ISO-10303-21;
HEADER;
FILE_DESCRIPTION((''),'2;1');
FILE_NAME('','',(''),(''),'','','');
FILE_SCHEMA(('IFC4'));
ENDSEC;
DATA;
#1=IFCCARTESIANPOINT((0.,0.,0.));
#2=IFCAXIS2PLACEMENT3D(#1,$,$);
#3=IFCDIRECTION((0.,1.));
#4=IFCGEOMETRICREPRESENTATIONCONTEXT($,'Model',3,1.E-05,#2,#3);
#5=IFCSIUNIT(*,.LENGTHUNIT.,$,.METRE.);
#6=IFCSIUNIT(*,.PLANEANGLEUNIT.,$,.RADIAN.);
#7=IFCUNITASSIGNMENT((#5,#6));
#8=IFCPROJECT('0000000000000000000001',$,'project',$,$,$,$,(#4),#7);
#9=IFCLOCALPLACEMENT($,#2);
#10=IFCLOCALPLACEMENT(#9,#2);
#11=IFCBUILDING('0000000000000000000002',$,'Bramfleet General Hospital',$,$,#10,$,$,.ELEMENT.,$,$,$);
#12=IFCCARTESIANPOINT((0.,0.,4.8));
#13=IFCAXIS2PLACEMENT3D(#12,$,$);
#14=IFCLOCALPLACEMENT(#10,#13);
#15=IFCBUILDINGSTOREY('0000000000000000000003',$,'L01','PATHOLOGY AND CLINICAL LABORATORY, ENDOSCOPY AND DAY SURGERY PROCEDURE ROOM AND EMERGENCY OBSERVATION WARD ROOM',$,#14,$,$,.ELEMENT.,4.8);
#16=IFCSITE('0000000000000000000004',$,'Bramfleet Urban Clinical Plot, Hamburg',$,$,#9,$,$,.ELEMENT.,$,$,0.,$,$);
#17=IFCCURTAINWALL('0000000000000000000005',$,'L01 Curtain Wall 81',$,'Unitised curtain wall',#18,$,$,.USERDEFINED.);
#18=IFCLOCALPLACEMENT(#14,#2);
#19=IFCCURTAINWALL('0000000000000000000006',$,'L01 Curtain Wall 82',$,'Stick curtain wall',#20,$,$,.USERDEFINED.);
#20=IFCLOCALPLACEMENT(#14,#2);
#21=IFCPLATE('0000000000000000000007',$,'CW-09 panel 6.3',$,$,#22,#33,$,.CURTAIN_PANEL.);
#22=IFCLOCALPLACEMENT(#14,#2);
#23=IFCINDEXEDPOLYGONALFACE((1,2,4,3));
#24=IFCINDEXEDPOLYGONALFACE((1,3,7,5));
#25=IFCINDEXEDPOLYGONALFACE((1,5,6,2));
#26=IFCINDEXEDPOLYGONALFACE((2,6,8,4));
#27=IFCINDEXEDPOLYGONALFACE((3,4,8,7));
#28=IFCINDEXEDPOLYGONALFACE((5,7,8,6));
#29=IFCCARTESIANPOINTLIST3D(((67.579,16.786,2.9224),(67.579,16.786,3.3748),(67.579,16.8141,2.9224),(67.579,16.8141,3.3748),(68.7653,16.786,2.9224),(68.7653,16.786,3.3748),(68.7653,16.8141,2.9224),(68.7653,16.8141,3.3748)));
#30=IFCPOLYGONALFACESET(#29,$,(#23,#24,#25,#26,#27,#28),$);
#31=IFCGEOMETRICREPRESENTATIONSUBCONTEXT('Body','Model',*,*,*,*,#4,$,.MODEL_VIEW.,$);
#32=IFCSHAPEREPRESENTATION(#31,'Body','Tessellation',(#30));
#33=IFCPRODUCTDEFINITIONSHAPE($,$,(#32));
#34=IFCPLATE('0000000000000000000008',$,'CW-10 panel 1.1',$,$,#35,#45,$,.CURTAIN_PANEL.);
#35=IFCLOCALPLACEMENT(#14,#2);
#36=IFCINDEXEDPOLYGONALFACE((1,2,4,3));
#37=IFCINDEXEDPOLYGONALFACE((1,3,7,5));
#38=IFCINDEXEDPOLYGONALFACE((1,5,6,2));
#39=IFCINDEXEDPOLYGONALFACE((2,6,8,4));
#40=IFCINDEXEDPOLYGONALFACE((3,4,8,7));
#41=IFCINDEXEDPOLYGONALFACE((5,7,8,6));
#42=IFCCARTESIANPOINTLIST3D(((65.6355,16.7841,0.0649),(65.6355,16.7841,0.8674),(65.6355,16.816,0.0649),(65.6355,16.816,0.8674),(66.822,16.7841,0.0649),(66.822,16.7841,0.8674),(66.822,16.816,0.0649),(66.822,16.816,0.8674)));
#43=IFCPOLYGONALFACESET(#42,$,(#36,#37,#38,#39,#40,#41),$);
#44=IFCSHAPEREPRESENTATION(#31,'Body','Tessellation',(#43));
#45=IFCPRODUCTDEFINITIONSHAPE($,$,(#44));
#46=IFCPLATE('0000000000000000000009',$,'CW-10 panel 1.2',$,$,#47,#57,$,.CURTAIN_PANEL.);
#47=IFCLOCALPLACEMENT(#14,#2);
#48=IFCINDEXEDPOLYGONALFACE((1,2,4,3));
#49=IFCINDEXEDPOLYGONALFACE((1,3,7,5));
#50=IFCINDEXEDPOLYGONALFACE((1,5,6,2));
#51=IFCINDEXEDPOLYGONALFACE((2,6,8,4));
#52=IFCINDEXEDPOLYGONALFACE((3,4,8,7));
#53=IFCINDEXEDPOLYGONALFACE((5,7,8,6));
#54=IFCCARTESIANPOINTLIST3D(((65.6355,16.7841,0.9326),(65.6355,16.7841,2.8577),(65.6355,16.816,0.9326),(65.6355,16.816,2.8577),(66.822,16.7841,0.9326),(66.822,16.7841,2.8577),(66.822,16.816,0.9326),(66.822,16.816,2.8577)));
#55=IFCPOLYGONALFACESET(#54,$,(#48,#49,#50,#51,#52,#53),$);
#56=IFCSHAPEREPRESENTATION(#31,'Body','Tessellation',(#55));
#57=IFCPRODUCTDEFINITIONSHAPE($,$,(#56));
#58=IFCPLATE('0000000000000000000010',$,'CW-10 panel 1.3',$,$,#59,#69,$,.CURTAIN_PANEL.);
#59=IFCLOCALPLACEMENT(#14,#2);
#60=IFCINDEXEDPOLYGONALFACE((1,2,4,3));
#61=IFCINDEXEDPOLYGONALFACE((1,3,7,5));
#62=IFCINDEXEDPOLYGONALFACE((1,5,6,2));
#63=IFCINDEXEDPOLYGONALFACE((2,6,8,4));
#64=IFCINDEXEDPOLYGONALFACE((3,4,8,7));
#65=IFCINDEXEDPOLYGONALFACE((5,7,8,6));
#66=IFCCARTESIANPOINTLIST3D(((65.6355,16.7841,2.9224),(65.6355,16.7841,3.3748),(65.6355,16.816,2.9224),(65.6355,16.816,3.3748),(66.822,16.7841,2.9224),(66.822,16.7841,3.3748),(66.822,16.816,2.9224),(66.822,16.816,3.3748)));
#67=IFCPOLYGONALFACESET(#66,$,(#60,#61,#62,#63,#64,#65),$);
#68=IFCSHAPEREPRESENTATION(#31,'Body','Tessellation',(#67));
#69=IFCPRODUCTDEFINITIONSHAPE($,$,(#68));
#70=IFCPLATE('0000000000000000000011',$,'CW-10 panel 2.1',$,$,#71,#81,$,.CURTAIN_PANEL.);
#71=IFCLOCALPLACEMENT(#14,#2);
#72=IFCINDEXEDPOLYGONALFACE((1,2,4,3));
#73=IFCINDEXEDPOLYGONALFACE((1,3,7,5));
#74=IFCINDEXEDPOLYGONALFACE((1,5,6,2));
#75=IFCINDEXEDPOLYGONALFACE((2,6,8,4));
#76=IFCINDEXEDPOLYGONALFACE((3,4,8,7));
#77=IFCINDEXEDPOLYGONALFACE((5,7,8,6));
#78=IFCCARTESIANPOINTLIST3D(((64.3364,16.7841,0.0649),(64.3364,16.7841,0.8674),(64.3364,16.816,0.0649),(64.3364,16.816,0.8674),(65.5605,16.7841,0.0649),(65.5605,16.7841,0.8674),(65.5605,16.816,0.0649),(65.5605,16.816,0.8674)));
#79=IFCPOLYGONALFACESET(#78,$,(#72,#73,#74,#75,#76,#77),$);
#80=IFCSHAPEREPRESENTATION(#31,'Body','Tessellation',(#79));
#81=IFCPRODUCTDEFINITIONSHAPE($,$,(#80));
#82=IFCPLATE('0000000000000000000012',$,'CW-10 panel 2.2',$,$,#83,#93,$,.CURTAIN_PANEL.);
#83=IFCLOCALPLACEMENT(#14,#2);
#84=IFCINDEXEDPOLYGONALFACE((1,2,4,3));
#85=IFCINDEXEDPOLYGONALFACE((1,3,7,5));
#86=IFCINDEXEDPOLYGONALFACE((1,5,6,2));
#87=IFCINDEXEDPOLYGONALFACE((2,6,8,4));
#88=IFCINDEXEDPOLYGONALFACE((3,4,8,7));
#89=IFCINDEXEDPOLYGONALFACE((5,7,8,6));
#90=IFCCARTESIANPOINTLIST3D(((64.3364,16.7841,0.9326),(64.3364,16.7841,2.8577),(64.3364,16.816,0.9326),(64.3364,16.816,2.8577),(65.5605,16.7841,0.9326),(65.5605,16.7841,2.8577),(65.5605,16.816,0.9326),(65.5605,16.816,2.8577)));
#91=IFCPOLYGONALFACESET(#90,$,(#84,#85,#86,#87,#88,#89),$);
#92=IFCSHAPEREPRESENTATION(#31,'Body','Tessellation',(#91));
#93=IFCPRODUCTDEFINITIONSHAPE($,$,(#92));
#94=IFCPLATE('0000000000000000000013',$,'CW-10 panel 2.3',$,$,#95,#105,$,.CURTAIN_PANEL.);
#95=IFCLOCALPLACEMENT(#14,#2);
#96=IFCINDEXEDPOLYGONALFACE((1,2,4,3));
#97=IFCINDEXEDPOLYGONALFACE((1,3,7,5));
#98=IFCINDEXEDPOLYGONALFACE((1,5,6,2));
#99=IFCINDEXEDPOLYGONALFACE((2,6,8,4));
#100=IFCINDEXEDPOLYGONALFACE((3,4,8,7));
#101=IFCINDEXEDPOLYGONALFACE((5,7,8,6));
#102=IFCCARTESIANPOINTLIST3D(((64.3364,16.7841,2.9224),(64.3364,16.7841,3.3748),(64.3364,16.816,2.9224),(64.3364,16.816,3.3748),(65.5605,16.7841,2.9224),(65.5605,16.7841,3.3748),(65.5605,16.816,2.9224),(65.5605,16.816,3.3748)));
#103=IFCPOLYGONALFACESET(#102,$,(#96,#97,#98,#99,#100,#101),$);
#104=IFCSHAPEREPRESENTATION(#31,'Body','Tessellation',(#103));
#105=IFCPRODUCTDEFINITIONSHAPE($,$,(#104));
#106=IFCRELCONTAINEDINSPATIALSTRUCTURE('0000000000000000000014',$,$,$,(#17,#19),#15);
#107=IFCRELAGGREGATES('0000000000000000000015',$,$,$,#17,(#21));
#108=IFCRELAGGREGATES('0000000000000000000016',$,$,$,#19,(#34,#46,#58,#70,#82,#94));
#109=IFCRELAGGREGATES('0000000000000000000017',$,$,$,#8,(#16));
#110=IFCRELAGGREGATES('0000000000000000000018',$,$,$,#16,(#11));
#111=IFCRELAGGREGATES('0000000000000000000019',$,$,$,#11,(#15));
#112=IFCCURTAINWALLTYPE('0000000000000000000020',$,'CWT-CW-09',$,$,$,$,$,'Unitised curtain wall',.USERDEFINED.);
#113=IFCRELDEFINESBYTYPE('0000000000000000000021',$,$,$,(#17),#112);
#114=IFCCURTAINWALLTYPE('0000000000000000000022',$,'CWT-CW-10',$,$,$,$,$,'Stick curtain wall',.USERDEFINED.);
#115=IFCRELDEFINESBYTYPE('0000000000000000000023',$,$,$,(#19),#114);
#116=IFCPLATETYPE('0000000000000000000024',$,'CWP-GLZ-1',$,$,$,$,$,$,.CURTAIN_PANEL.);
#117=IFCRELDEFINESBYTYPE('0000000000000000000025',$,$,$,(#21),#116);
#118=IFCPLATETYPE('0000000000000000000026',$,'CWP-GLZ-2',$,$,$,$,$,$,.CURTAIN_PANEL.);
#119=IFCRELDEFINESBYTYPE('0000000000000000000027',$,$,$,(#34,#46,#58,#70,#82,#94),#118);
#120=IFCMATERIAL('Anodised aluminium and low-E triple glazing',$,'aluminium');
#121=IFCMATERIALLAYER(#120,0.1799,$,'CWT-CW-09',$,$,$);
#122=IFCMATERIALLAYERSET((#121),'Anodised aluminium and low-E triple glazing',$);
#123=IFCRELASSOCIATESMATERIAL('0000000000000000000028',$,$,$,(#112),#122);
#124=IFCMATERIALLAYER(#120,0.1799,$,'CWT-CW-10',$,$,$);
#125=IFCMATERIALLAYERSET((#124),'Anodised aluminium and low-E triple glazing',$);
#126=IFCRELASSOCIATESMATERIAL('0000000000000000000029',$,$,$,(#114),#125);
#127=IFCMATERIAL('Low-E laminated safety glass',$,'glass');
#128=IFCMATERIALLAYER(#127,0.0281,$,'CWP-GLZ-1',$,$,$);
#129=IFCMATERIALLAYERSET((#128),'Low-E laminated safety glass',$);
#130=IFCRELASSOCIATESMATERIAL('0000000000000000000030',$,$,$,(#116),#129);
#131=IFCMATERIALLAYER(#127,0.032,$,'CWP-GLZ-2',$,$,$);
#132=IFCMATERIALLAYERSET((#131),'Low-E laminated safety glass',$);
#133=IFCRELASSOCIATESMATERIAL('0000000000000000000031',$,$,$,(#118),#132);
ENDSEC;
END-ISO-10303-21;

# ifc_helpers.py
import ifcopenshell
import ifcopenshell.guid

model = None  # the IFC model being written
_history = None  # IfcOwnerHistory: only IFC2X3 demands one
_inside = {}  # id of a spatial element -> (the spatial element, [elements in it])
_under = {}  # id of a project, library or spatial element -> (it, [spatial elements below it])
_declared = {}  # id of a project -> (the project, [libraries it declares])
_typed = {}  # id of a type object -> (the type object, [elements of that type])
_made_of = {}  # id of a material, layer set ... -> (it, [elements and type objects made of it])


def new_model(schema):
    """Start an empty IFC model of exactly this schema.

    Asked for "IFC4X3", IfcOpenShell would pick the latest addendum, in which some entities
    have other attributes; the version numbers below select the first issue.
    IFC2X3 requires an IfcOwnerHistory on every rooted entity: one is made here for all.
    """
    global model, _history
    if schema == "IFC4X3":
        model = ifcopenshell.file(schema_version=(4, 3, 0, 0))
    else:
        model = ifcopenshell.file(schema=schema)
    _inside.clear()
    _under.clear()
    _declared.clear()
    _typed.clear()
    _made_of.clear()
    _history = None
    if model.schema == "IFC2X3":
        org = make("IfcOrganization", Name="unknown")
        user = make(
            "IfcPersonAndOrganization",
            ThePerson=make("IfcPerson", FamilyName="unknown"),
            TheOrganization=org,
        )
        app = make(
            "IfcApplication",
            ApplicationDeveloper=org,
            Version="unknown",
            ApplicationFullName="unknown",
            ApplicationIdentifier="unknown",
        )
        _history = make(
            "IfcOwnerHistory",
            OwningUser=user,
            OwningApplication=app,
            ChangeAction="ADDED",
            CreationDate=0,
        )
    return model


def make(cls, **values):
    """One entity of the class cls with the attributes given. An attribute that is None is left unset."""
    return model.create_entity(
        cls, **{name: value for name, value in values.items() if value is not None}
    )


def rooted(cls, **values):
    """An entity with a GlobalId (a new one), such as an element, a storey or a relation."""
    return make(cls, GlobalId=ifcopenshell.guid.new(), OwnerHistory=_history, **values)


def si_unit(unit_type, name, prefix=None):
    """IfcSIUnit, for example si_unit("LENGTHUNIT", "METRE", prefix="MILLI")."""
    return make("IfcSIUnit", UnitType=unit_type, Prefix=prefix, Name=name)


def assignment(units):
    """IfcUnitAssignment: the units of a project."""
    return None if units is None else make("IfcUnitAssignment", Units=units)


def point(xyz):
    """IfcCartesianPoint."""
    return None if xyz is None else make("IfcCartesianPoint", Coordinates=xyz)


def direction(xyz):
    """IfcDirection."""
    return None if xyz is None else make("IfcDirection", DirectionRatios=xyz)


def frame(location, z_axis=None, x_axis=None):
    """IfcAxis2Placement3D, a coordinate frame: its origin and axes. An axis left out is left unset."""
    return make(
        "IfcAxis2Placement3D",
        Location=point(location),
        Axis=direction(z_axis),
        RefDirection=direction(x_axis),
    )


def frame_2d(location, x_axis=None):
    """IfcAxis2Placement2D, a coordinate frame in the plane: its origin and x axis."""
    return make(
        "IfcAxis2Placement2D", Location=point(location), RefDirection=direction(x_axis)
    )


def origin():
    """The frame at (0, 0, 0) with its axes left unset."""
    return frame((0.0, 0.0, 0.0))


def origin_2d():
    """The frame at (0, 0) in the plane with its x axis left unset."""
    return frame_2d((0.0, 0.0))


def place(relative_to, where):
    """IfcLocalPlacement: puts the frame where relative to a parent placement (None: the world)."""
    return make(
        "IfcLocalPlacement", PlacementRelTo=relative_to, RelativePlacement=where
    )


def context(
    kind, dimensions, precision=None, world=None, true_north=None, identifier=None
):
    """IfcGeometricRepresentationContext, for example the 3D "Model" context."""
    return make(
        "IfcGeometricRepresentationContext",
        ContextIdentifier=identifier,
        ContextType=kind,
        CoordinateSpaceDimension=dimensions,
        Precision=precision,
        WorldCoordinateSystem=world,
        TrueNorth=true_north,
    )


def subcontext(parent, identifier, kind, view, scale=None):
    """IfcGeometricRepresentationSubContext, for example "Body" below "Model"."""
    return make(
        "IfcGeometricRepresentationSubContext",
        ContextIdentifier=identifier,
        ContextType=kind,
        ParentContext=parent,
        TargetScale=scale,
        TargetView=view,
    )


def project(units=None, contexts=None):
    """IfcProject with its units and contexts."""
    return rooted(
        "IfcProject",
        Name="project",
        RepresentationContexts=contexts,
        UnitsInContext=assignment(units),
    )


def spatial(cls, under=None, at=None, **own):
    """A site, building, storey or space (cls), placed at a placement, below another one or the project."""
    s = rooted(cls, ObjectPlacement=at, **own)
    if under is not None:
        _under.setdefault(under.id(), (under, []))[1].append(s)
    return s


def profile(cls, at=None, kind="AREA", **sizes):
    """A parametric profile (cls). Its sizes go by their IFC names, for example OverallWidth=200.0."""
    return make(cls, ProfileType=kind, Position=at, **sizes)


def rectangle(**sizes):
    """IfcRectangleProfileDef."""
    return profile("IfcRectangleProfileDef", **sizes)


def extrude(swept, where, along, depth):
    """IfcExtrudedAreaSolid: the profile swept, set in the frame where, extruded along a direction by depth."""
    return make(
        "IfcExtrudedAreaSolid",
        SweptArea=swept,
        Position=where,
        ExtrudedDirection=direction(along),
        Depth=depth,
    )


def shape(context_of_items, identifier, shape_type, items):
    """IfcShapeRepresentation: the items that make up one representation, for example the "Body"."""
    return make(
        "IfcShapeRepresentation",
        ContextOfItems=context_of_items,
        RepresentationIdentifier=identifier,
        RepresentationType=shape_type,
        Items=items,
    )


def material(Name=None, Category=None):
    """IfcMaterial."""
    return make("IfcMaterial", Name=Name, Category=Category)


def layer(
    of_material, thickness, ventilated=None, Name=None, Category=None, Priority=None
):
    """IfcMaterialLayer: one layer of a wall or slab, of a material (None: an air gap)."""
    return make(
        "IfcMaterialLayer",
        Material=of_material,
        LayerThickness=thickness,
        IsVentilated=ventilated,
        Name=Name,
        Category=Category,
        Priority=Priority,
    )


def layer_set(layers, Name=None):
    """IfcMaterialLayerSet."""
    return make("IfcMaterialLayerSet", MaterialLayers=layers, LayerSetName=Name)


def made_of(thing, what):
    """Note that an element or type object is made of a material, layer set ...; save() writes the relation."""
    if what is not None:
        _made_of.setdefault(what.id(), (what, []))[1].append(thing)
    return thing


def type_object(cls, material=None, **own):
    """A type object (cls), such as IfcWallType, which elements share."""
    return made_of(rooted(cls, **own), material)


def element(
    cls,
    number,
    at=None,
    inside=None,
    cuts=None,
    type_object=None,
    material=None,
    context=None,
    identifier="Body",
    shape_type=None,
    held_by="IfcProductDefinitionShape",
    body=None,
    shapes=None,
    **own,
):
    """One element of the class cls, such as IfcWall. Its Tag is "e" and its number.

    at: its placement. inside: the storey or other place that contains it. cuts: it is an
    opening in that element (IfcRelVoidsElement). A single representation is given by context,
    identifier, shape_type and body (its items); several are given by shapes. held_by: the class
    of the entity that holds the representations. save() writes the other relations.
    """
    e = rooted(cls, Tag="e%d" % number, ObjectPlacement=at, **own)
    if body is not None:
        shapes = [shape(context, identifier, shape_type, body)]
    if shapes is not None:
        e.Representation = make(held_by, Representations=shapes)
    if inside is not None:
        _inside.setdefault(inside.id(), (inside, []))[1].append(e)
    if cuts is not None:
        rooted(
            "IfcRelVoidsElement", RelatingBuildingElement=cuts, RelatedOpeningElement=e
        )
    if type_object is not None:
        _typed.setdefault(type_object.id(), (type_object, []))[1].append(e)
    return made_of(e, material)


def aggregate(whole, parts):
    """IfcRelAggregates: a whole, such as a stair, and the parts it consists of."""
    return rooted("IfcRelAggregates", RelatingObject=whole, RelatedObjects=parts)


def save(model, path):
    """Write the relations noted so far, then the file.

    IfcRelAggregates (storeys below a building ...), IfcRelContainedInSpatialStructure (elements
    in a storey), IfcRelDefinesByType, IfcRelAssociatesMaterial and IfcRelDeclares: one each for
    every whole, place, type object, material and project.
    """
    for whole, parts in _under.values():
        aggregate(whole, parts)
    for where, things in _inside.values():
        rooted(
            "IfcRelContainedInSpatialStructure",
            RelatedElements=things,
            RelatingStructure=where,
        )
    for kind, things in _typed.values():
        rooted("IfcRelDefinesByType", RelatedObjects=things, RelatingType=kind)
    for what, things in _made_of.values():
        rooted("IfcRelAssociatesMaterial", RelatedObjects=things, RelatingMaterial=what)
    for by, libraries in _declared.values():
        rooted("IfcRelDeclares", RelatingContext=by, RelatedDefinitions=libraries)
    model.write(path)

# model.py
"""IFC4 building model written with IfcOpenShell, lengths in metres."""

from ifc_helpers import new_model, si_unit, direction, frame, origin, origin_2d, place, context, subcontext, project, spatial, rectangle, extrude, material, layer, layer_set, type_object, element, aggregate, save


model = new_model("IFC4")

# Units and contexts
model_context = context("Model", 3, precision=1e-05, world=origin(), true_north=direction((0.0, 1.0)))
body_context = subcontext(model_context, "Body", "Model", "MODEL_VIEW")
ifc_project = project(units=[si_unit("LENGTHUNIT", "METRE"), si_unit("PLANEANGLEUNIT", "RADIAN")], contexts=[model_context])

# Site, building, storey
site_placement = place(None, origin())
site = spatial("IfcSite", under=ifc_project, at=site_placement, Name="Bramfleet Urban Clinical Plot, Hamburg", CompositionType="ELEMENT", RefElevation=0.0)
building_placement = place(site_placement, origin())
building = spatial("IfcBuilding", under=site, at=building_placement, Name="Bramfleet General Hospital", CompositionType="ELEMENT")
storey_placement = place(building_placement, frame((0.0, 0.0, 4.8)))
storey = spatial("IfcBuildingStorey", under=building, at=storey_placement, Name="L01", Description="PATHOLOGY AND CLINICAL LABORATORY, ENDOSCOPY AND DAY SURGERY PROCEDURE ROOM AND EMERGENCY OBSERVATION WARD ROOM", CompositionType="ELEMENT", Elevation=4.8)

# Curtain walls
ifc_material_1 = material(Name="Anodised aluminium and low-E triple glazing", Category="aluminium")
ifc_layer_1 = layer(ifc_material_1, 0.1799, Name="CWT-CW-09")
ifc_layer_set_1 = layer_set([ifc_layer_1], Name="Anodised aluminium and low-E triple glazing")
curtain_wall_type_1 = type_object("IfcCurtainWallType", Name="CWT-CW-09", ElementType="Unitised curtain wall", PredefinedType="USERDEFINED", material=ifc_layer_set_1)
curtain_wall_1_placement = place(storey_placement, origin())
curtain_wall_1 = element("IfcCurtainWall", 1, at=curtain_wall_1_placement, inside=storey, type_object=curtain_wall_type_1, Name="L01 Curtain Wall 81", ObjectType="Unitised curtain wall", PredefinedType="USERDEFINED")
ifc_layer_2 = layer(ifc_material_1, 0.1799, Name="CWT-CW-10")
ifc_layer_set_2 = layer_set([ifc_layer_2], Name="Anodised aluminium and low-E triple glazing")
curtain_wall_type_2 = type_object("IfcCurtainWallType", Name="CWT-CW-10", ElementType="Stick curtain wall", PredefinedType="USERDEFINED", material=ifc_layer_set_2)
curtain_wall_2_placement = place(storey_placement, origin())
curtain_wall_2 = element("IfcCurtainWall", 2, at=curtain_wall_2_placement, inside=storey, type_object=curtain_wall_type_2, Name="L01 Curtain Wall 82", ObjectType="Stick curtain wall", PredefinedType="USERDEFINED")

# Plates
ifc_material_2 = material(Name="Low-E laminated safety glass", Category="glass")
ifc_layer_3 = layer(ifc_material_2, 0.0281, Name="CWP-GLZ-1")
ifc_layer_set_3 = layer_set([ifc_layer_3], Name="Low-E laminated safety glass")
plate_type_1 = type_object("IfcPlateType", Name="CWP-GLZ-1", PredefinedType="CURTAIN_PANEL", material=ifc_layer_set_3)
plate_1_placement = place(storey_placement, frame((68.1721, 16.8, 2.9224), z_axis=(0.0, 0.0, 1.0), x_axis=(-1.0, 0.0, 0.0)))
plate_1 = element("IfcPlate", 3, at=plate_1_placement, type_object=plate_type_1, Name="CW-09 panel 6.3", PredefinedType="CURTAIN_PANEL", context=body_context, shape_type="SweptSolid", body=[
    extrude(rectangle(XDim=1.1863, YDim=0.0281, at=origin_2d()), origin(), (0.0, 0.0, 1.0), 0.4524),
])
aggregate(curtain_wall_1, [plate_1])
ifc_layer_4 = layer(ifc_material_2, 0.032, Name="CWP-GLZ-2")
ifc_layer_set_4 = layer_set([ifc_layer_4], Name="Low-E laminated safety glass")
plate_type_2 = type_object("IfcPlateType", Name="CWP-GLZ-2", PredefinedType="CURTAIN_PANEL", material=ifc_layer_set_4)
plate_2_placement = place(storey_placement, frame((66.2288, 16.8, 0.0649), z_axis=(0.0, 0.0, 1.0), x_axis=(-1.0, 0.0, 0.0)))
plate_2 = element("IfcPlate", 4, at=plate_2_placement, type_object=plate_type_2, Name="CW-10 panel 1.1", PredefinedType="CURTAIN_PANEL", context=body_context, shape_type="SweptSolid", body=[
    extrude(rectangle(XDim=1.1865, YDim=0.032, at=origin_2d()), origin(), (0.0, 0.0, 1.0), 0.8025),
])
plate_3_placement = place(storey_placement, frame((66.2288, 16.8, 0.9326), z_axis=(0.0, 0.0, 1.0), x_axis=(-1.0, 0.0, 0.0)))
plate_3 = element("IfcPlate", 5, at=plate_3_placement, type_object=plate_type_2, Name="CW-10 panel 1.2", PredefinedType="CURTAIN_PANEL", context=body_context, shape_type="SweptSolid", body=[
    extrude(rectangle(XDim=1.1865, YDim=0.032, at=origin_2d()), origin(), (0.0, 0.0, 1.0), 1.925),
])
plate_4_placement = place(storey_placement, frame((66.2288, 16.8, 2.9224), z_axis=(0.0, 0.0, 1.0), x_axis=(-1.0, 0.0, 0.0)))
plate_4 = element("IfcPlate", 6, at=plate_4_placement, type_object=plate_type_2, Name="CW-10 panel 1.3", PredefinedType="CURTAIN_PANEL", context=body_context, shape_type="SweptSolid", body=[
    extrude(rectangle(XDim=1.1865, YDim=0.032, at=origin_2d()), origin(), (0.0, 0.0, 1.0), 0.4524),
])
plate_5_placement = place(storey_placement, frame((64.9485, 16.8, 0.0649), z_axis=(0.0, 0.0, 1.0), x_axis=(-1.0, 0.0, 0.0)))
plate_5 = element("IfcPlate", 7, at=plate_5_placement, type_object=plate_type_2, Name="CW-10 panel 2.1", PredefinedType="CURTAIN_PANEL", context=body_context, shape_type="SweptSolid", body=[
    extrude(rectangle(XDim=1.2241, YDim=0.032, at=origin_2d()), origin(), (0.0, 0.0, 1.0), 0.8025),
])
plate_6_placement = place(storey_placement, frame((64.9485, 16.8, 0.9326), z_axis=(0.0, 0.0, 1.0), x_axis=(-1.0, 0.0, 0.0)))
plate_6 = element("IfcPlate", 8, at=plate_6_placement, type_object=plate_type_2, Name="CW-10 panel 2.2", PredefinedType="CURTAIN_PANEL", context=body_context, shape_type="SweptSolid", body=[
    extrude(rectangle(XDim=1.2241, YDim=0.032, at=origin_2d()), origin(), (0.0, 0.0, 1.0), 1.925),
])
plate_7_placement = place(storey_placement, frame((64.9485, 16.8, 2.9224), z_axis=(0.0, 0.0, 1.0), x_axis=(-1.0, 0.0, 0.0)))
plate_7 = element("IfcPlate", 9, at=plate_7_placement, type_object=plate_type_2, Name="CW-10 panel 2.3", PredefinedType="CURTAIN_PANEL", context=body_context, shape_type="SweptSolid", body=[
    extrude(rectangle(XDim=1.2241, YDim=0.032, at=origin_2d()), origin(), (0.0, 0.0, 1.0), 0.4524),
])
aggregate(curtain_wall_2, [plate_2, plate_3, plate_4, plate_5, plate_6, plate_7])

save(model, "model.ifc")
